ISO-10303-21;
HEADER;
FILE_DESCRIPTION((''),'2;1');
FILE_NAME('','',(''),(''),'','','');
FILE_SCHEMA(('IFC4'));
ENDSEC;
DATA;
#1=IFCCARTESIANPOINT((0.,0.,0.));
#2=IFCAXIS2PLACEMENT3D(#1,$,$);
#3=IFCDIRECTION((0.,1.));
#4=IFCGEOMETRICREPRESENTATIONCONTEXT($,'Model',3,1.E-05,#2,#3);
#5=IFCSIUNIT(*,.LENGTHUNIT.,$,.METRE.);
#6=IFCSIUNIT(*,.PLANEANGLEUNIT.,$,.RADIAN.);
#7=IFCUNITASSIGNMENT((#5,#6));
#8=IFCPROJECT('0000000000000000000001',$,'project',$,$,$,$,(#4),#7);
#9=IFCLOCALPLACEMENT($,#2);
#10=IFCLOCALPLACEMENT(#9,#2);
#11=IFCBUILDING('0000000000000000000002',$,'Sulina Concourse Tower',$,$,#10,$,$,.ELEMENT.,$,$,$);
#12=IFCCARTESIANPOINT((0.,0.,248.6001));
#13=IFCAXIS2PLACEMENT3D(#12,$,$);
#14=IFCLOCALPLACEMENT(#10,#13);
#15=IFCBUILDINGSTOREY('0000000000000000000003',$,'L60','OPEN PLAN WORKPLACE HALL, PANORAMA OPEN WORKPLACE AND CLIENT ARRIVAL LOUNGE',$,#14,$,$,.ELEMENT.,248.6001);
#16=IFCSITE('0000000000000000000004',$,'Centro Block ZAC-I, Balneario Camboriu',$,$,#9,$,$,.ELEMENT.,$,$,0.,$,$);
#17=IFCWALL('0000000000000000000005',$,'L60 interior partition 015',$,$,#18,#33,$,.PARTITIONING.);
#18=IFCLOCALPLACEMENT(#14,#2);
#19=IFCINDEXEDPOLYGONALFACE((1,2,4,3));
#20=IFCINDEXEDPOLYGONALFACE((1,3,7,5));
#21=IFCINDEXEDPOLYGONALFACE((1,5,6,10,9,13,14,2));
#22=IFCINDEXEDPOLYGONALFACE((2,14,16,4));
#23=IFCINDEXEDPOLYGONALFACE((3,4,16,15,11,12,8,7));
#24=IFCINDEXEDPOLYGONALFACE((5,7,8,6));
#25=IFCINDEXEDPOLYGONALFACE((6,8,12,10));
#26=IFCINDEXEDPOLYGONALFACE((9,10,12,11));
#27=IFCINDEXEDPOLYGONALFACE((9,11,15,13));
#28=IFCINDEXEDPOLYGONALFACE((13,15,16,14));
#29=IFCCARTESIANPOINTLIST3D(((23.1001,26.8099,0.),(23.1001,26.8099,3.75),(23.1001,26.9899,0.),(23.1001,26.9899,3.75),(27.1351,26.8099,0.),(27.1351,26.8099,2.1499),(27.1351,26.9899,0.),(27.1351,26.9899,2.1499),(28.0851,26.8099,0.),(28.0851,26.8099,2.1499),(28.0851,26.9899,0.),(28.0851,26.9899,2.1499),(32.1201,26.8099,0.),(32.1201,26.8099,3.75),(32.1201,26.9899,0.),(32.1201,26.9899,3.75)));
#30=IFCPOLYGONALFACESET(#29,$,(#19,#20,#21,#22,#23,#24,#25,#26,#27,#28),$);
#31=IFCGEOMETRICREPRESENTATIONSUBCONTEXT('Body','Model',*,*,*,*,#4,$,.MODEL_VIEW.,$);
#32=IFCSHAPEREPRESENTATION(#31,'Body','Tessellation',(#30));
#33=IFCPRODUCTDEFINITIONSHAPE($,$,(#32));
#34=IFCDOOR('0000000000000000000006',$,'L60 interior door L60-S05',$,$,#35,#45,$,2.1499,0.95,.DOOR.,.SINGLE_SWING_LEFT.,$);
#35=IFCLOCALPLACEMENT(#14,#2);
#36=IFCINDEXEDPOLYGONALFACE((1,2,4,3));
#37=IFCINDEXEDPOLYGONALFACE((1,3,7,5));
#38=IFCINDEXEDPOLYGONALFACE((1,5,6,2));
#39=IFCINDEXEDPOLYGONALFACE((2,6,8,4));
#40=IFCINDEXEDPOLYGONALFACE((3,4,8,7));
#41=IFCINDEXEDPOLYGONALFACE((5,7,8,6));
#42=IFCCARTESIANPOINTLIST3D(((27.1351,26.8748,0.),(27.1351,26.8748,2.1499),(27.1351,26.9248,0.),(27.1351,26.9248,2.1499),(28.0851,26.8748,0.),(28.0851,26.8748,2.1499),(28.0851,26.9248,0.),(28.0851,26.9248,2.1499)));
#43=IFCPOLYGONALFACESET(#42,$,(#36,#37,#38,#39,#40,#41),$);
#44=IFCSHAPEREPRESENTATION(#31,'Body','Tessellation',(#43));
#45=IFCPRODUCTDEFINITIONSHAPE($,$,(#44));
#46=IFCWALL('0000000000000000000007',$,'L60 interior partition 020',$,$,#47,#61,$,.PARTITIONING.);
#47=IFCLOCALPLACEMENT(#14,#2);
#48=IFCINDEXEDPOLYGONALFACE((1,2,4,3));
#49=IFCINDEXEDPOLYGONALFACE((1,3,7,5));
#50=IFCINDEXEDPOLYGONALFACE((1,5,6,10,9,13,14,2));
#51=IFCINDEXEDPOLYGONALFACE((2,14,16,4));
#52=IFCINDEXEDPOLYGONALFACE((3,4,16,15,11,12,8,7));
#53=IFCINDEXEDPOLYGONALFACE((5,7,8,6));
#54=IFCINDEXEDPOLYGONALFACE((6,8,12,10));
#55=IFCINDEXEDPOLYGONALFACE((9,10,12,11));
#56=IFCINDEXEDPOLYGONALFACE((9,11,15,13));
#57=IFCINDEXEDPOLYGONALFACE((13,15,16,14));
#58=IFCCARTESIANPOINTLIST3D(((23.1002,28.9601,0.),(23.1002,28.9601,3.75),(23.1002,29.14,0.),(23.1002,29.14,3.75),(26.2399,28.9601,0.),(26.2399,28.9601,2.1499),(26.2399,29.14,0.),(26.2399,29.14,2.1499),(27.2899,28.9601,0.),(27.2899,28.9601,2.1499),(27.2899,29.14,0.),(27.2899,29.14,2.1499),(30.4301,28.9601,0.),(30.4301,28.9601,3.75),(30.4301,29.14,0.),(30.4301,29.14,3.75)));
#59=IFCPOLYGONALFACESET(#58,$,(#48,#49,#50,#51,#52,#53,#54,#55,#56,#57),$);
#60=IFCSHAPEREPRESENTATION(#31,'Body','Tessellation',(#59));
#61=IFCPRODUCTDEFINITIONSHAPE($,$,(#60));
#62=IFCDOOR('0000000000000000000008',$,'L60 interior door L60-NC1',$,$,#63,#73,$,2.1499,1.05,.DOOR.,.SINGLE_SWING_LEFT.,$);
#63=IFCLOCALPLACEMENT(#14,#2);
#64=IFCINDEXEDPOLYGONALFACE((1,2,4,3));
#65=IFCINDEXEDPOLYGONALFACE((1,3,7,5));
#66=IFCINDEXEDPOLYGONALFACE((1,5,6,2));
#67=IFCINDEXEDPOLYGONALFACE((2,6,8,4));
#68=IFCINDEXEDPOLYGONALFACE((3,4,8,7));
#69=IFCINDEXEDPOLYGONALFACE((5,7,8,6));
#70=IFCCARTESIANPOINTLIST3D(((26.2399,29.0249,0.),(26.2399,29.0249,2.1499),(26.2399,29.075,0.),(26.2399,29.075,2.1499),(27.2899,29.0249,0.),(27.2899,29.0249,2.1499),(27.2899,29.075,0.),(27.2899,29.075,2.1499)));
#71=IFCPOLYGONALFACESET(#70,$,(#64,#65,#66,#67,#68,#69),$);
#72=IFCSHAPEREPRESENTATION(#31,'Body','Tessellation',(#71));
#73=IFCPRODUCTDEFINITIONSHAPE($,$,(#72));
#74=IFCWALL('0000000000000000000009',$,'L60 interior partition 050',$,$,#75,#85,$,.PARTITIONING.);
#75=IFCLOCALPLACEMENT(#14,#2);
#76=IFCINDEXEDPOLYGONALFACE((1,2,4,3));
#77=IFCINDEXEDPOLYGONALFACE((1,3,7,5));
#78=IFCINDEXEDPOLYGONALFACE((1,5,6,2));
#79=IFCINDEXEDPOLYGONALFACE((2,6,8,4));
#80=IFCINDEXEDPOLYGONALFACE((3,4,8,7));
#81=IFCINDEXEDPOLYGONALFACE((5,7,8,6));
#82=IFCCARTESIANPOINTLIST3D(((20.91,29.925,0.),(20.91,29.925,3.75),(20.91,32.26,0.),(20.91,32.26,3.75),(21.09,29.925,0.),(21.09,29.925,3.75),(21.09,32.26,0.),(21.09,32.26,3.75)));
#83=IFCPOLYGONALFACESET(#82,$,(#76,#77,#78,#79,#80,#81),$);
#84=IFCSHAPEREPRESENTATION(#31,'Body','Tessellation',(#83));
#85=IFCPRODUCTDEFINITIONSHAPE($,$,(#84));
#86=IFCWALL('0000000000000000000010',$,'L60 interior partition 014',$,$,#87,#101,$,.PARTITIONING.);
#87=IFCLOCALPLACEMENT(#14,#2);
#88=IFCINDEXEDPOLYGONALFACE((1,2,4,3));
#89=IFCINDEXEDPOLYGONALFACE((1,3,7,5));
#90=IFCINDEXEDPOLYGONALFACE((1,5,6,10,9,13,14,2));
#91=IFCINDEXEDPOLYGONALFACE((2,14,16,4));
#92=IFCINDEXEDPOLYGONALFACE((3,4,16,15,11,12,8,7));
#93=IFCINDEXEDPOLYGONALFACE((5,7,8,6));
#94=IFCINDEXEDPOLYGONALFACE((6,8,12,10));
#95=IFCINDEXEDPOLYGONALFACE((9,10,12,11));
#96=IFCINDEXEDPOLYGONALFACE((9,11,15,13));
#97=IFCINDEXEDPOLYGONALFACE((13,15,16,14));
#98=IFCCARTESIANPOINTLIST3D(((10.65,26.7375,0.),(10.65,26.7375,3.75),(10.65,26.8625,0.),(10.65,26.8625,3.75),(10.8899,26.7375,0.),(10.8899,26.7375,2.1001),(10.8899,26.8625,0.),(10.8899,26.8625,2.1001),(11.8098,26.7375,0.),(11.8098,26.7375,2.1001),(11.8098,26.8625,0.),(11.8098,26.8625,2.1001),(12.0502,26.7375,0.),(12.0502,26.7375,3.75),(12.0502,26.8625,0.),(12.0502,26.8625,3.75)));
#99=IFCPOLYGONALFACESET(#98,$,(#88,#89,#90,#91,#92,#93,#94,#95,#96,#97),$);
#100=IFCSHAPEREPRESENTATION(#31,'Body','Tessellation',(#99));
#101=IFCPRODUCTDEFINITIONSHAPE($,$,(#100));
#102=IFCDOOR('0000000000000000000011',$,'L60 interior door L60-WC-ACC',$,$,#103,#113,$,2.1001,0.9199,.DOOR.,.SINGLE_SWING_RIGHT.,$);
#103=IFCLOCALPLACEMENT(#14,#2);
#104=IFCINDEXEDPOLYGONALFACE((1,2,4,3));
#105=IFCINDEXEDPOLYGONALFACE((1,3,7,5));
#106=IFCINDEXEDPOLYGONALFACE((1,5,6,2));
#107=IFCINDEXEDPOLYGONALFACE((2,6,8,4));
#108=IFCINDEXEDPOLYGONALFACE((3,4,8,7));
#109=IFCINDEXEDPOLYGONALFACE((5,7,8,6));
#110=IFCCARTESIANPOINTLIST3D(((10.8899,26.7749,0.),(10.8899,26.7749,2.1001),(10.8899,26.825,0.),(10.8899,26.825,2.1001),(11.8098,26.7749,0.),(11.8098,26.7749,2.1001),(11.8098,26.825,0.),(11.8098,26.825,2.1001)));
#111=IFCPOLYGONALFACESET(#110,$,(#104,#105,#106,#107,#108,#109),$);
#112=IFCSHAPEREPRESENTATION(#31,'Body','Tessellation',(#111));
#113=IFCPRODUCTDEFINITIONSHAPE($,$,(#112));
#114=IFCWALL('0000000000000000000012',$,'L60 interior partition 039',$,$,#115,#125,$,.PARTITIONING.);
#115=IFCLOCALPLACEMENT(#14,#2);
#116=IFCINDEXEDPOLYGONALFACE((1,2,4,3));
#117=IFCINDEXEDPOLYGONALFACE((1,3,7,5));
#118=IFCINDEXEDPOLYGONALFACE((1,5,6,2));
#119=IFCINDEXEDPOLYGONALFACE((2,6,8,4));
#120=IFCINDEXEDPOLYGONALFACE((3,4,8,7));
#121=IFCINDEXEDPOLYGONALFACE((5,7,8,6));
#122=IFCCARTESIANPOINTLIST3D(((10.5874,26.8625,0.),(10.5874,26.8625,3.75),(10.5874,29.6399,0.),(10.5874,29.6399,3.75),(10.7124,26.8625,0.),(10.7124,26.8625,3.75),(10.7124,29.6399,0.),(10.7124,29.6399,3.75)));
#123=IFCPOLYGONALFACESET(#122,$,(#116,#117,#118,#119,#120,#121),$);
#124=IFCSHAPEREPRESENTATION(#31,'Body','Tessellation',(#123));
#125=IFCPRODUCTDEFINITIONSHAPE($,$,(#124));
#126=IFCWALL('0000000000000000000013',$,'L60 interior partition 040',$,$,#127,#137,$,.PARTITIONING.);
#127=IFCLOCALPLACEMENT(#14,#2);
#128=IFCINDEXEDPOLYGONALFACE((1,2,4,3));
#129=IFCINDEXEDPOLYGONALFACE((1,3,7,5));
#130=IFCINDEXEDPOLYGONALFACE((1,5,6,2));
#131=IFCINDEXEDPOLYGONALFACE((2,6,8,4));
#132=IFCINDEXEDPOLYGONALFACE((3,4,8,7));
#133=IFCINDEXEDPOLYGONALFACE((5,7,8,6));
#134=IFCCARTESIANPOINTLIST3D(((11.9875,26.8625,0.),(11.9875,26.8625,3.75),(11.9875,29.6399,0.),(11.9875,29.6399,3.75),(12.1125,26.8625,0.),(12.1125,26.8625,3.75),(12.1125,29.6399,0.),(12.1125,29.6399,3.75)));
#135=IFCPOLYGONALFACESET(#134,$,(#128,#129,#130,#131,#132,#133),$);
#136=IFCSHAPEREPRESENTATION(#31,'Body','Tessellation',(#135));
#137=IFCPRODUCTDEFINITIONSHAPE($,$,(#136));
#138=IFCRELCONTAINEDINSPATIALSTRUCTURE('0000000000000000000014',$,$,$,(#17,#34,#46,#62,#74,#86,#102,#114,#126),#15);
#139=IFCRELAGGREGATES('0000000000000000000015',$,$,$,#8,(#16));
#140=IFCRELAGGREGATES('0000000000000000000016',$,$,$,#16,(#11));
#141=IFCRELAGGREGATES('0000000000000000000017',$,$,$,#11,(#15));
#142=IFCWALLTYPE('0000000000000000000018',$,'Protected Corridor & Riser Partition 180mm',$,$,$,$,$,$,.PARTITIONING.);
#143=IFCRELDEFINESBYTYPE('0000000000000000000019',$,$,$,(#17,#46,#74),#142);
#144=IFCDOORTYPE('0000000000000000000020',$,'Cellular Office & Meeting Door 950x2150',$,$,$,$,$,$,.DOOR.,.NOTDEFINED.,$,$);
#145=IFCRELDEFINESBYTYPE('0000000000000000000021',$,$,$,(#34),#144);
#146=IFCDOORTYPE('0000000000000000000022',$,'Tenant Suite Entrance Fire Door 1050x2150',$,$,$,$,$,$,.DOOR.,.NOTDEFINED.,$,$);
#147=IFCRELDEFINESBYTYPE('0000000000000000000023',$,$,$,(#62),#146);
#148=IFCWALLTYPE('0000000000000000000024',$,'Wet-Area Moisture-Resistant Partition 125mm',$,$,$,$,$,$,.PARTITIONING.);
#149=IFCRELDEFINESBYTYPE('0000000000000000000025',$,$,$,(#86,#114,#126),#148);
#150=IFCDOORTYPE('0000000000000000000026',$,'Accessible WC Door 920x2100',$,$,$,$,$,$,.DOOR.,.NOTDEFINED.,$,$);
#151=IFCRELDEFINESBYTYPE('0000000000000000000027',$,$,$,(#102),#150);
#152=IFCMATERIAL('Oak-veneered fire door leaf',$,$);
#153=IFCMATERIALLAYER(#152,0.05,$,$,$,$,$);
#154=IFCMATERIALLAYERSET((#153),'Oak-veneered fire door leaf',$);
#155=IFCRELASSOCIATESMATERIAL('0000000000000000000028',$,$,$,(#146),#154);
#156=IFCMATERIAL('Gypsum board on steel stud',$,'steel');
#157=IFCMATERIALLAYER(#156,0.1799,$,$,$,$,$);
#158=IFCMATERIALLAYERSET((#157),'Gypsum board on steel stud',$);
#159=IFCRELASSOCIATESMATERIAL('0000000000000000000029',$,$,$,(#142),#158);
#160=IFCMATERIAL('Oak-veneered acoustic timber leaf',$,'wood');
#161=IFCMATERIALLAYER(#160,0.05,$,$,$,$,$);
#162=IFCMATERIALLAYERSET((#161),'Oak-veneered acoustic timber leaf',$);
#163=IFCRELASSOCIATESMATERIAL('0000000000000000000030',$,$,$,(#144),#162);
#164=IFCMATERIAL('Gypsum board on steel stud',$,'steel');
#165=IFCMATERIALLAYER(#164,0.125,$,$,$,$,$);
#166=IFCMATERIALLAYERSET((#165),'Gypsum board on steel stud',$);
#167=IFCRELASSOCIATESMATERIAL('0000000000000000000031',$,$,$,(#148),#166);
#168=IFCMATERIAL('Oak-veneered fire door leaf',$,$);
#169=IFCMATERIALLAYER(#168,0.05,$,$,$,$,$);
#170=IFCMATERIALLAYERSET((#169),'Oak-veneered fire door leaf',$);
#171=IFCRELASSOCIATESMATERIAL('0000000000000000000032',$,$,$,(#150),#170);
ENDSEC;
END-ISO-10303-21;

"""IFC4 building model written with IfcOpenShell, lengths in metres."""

from ifc_helpers import new_model, si_unit, direction, frame, frame_2d, origin, place, context, subcontext, project, spatial, rectangle, extrude, material, layer, layer_set, type_object, element, fill, save


model = new_model("IFC4")

# Units and contexts
model_context = context("Model", 3, precision=1e-05, world=origin(), true_north=direction((0.0, 1.0)))
body_context = subcontext(model_context, "Body", "Model", "MODEL_VIEW")
ifc_project = project(units=[si_unit("LENGTHUNIT", "METRE"), si_unit("PLANEANGLEUNIT", "RADIAN")], contexts=[model_context])

# Site, building, storey
site_placement = place(None, origin())
site = spatial("IfcSite", under=ifc_project, at=site_placement, Name="Centro Block ZAC-I, Balneario Camboriu", CompositionType="ELEMENT", RefElevation=0.0)
building_placement = place(site_placement, origin())
building = spatial("IfcBuilding", under=site, at=building_placement, Name="Sulina Concourse Tower", CompositionType="ELEMENT")
storey_placement = place(building_placement, frame((0.0, 0.0, 248.6001)))
storey = spatial("IfcBuildingStorey", under=building, at=storey_placement, Name="L60", Description="OPEN PLAN WORKPLACE HALL, PANORAMA OPEN WORKPLACE AND CLIENT ARRIVAL LOUNGE", CompositionType="ELEMENT", Elevation=248.6001)

# Shared definitions
ifc_material_1 = material(Name="Oak-veneered fire door leaf")
ifc_layer_1 = layer(ifc_material_1, 0.05)
ifc_layer_set_1 = layer_set([ifc_layer_1], Name="Oak-veneered fire door leaf")
door_type_1 = type_object("IfcDoorType", Name="Tenant Suite Entrance Fire Door 1050x2150", OperationType="NOTDEFINED", PredefinedType="DOOR", material=ifc_layer_set_1)

# Walls, openings, doors
ifc_material_2 = material(Name="Gypsum board on steel stud", Category="steel")
ifc_layer_2 = layer(ifc_material_2, 0.1799)
ifc_layer_set_2 = layer_set([ifc_layer_2], Name="Gypsum board on steel stud")
wall_type_1 = type_object("IfcWallType", Name="Protected Corridor & Riser Partition 180mm", PredefinedType="PARTITIONING", material=ifc_layer_set_2)
wall_1_placement = place(storey_placement, frame((23.1001, 26.8999, 0.0), z_axis=(0.0, 0.0, 1.0), x_axis=(1.0, 0.0, 0.0)))
wall_1 = element("IfcWall", 1, at=wall_1_placement, inside=storey, type_object=wall_type_1, Name="L60 interior partition 015", PredefinedType="PARTITIONING", context=body_context, shape_type="SweptSolid", body=[
    extrude(rectangle(XDim=9.02, YDim=0.1799, at=frame_2d((4.51, 0.0))), origin(), (0.0, 0.0, 1.0), 3.75),
])
opening_1_placement = place(wall_1_placement, frame((4.0349, 0.0, 0.0)))
opening_1 = element("IfcOpeningElement", 2, at=opening_1_placement, cuts=wall_1, PredefinedType="OPENING", context=body_context, shape_type="SweptSolid", body=[
    extrude(rectangle(XDim=0.95, YDim=2.1499, at=frame_2d((0.4751, 1.075))), frame((0.0, 0.0999, 0.0), z_axis=(0.0, -1.0, 0.0), x_axis=(1.0, 0.0, 0.0)), (0.0, 0.0, 1.0), 0.2),
])
ifc_material_3 = material(Name="Oak-veneered acoustic timber leaf", Category="wood")
ifc_layer_3 = layer(ifc_material_3, 0.05)
ifc_layer_set_3 = layer_set([ifc_layer_3], Name="Oak-veneered acoustic timber leaf")
door_type_2 = type_object("IfcDoorType", Name="Cellular Office & Meeting Door 950x2150", OperationType="NOTDEFINED", PredefinedType="DOOR", material=ifc_layer_set_3)
door_1_placement = place(opening_1_placement, origin())
door_1 = element("IfcDoor", 3, at=door_1_placement, inside=storey, type_object=door_type_2, Name="L60 interior door L60-S05", OperationType="SINGLE_SWING_LEFT", OverallHeight=2.1499, OverallWidth=0.95, PredefinedType="DOOR", context=body_context, shape_type="SweptSolid", body=[
    extrude(rectangle(XDim=0.95, YDim=2.1499, at=frame_2d((0.4751, 1.075))), frame((0.0, 0.0249, 0.0), z_axis=(0.0, -1.0, 0.0), x_axis=(1.0, 0.0, 0.0)), (0.0, 0.0, 1.0), 0.05),
])
fill(opening_1, door_1)
wall_2_placement = place(storey_placement, frame((23.1001, 29.05, 0.0), z_axis=(0.0, 0.0, 1.0), x_axis=(1.0, 0.0, 0.0)))
wall_2 = element("IfcWall", 4, at=wall_2_placement, inside=storey, type_object=wall_type_1, Name="L60 interior partition 020", PredefinedType="PARTITIONING", context=body_context, shape_type="SweptSolid", body=[
    extrude(rectangle(XDim=7.3298, YDim=0.1799, at=frame_2d((3.665, 0.0))), origin(), (0.0, 0.0, 1.0), 3.75),
])
opening_2_placement = place(wall_2_placement, frame((3.1399, 0.0, 0.0)))
opening_2 = element("IfcOpeningElement", 5, at=opening_2_placement, cuts=wall_2, PredefinedType="OPENING", context=body_context, shape_type="SweptSolid", body=[
    extrude(rectangle(XDim=1.05, YDim=2.1499, at=frame_2d((0.5249, 1.075))), frame((0.0, 0.0999, 0.0), z_axis=(0.0, -1.0, 0.0), x_axis=(1.0, 0.0, 0.0)), (0.0, 0.0, 1.0), 0.2),
])
door_2_placement = place(opening_2_placement, origin())
door_2 = element("IfcDoor", 6, at=door_2_placement, inside=storey, type_object=door_type_1, Name="L60 interior door L60-NC1", OperationType="SINGLE_SWING_LEFT", OverallHeight=2.1499, OverallWidth=1.05, PredefinedType="DOOR", context=body_context, shape_type="SweptSolid", body=[
    extrude(rectangle(XDim=1.05, YDim=2.1499, at=frame_2d((0.5249, 1.075))), frame((0.0, 0.0249, 0.0), z_axis=(0.0, -1.0, 0.0), x_axis=(1.0, 0.0, 0.0)), (0.0, 0.0, 1.0), 0.05),
])
fill(opening_2, door_2)

# Wall
wall_3_placement = place(storey_placement, frame((21.0, 29.925, 0.0), z_axis=(0.0, 0.0, 1.0), x_axis=(0.0, 1.0, 0.0)))
element("IfcWall", 7, at=wall_3_placement, inside=storey, type_object=wall_type_1, Name="L60 interior partition 050", PredefinedType="PARTITIONING", context=body_context, shape_type="SweptSolid", body=[
    extrude(rectangle(XDim=2.335, YDim=0.1799, at=frame_2d((1.1675, 0.0))), origin(), (0.0, 0.0, 1.0), 3.75),
])

# Wall, opening, door
ifc_material_4 = material(Name="Gypsum board on steel stud", Category="steel")
ifc_layer_4 = layer(ifc_material_4, 0.125)
ifc_layer_set_4 = layer_set([ifc_layer_4], Name="Gypsum board on steel stud")
wall_type_2 = type_object("IfcWallType", Name="Wet-Area Moisture-Resistant Partition 125mm", PredefinedType="PARTITIONING", material=ifc_layer_set_4)
wall_4_placement = place(storey_placement, frame((10.6499, 26.8, 0.0), z_axis=(0.0, 0.0, 1.0), x_axis=(1.0, 0.0, 0.0)))
wall_4 = element("IfcWall", 8, at=wall_4_placement, inside=storey, type_object=wall_type_2, Name="L60 interior partition 014", PredefinedType="PARTITIONING", context=body_context, shape_type="SweptSolid", body=[
    extrude(rectangle(XDim=1.4001, YDim=0.125, at=frame_2d((0.7002, 0.0))), origin(), (0.0, 0.0, 1.0), 3.75),
])
opening_3_placement = place(wall_4_placement, frame((0.24, 0.0, 0.0)))
opening_3 = element("IfcOpeningElement", 9, at=opening_3_placement, cuts=wall_4, PredefinedType="OPENING", context=body_context, shape_type="SweptSolid", body=[
    extrude(rectangle(XDim=0.9199, YDim=2.1001, at=frame_2d((0.46, 1.05))), frame((0.0, 0.0725, 0.0), z_axis=(0.0, -1.0, 0.0), x_axis=(1.0, 0.0, 0.0)), (0.0, 0.0, 1.0), 0.145),
])
ifc_material_5 = material(Name="Oak-veneered fire door leaf")
ifc_layer_5 = layer(ifc_material_5, 0.05)
ifc_layer_set_5 = layer_set([ifc_layer_5], Name="Oak-veneered fire door leaf")
door_type_3 = type_object("IfcDoorType", Name="Accessible WC Door 920x2100", OperationType="NOTDEFINED", PredefinedType="DOOR", material=ifc_layer_set_5)
door_3_placement = place(opening_3_placement, origin())
door_3 = element("IfcDoor", 10, at=door_3_placement, inside=storey, type_object=door_type_3, Name="L60 interior door L60-WC-ACC", OperationType="SINGLE_SWING_RIGHT", OverallHeight=2.1001, OverallWidth=0.9199, PredefinedType="DOOR", context=body_context, shape_type="SweptSolid", body=[
    extrude(rectangle(XDim=0.9199, YDim=2.1001, at=frame_2d((0.46, 1.05))), frame((0.0, 0.0249, 0.0), z_axis=(0.0, -1.0, 0.0), x_axis=(1.0, 0.0, 0.0)), (0.0, 0.0, 1.0), 0.05),
])
fill(opening_3, door_3)

# Walls
for number, where, z_axis, x_axis, name in (
    (11, (10.6499, 26.8625, 0.0), (0.0, 0.0, 1.0), (0.0, 1.0, 0.0), "L60 interior partition 039"),
    (12, (12.05, 26.8625, 0.0), (0.0, 0.0, 1.0), (0.0, 1.0, 0.0), "L60 interior partition 040"),
):
    element("IfcWall", number, at=place(storey_placement, frame(where, z_axis=z_axis, x_axis=x_axis)), inside=storey, type_object=wall_type_2, Name=name, PredefinedType="PARTITIONING", context=body_context, shape_type="SweptSolid", body=[
        extrude(rectangle(XDim=2.7773, YDim=0.125, at=frame_2d((1.3887, 0.0))), origin(), (0.0, 0.0, 1.0), 3.75),
    ])

save(model, "model.ifc")
